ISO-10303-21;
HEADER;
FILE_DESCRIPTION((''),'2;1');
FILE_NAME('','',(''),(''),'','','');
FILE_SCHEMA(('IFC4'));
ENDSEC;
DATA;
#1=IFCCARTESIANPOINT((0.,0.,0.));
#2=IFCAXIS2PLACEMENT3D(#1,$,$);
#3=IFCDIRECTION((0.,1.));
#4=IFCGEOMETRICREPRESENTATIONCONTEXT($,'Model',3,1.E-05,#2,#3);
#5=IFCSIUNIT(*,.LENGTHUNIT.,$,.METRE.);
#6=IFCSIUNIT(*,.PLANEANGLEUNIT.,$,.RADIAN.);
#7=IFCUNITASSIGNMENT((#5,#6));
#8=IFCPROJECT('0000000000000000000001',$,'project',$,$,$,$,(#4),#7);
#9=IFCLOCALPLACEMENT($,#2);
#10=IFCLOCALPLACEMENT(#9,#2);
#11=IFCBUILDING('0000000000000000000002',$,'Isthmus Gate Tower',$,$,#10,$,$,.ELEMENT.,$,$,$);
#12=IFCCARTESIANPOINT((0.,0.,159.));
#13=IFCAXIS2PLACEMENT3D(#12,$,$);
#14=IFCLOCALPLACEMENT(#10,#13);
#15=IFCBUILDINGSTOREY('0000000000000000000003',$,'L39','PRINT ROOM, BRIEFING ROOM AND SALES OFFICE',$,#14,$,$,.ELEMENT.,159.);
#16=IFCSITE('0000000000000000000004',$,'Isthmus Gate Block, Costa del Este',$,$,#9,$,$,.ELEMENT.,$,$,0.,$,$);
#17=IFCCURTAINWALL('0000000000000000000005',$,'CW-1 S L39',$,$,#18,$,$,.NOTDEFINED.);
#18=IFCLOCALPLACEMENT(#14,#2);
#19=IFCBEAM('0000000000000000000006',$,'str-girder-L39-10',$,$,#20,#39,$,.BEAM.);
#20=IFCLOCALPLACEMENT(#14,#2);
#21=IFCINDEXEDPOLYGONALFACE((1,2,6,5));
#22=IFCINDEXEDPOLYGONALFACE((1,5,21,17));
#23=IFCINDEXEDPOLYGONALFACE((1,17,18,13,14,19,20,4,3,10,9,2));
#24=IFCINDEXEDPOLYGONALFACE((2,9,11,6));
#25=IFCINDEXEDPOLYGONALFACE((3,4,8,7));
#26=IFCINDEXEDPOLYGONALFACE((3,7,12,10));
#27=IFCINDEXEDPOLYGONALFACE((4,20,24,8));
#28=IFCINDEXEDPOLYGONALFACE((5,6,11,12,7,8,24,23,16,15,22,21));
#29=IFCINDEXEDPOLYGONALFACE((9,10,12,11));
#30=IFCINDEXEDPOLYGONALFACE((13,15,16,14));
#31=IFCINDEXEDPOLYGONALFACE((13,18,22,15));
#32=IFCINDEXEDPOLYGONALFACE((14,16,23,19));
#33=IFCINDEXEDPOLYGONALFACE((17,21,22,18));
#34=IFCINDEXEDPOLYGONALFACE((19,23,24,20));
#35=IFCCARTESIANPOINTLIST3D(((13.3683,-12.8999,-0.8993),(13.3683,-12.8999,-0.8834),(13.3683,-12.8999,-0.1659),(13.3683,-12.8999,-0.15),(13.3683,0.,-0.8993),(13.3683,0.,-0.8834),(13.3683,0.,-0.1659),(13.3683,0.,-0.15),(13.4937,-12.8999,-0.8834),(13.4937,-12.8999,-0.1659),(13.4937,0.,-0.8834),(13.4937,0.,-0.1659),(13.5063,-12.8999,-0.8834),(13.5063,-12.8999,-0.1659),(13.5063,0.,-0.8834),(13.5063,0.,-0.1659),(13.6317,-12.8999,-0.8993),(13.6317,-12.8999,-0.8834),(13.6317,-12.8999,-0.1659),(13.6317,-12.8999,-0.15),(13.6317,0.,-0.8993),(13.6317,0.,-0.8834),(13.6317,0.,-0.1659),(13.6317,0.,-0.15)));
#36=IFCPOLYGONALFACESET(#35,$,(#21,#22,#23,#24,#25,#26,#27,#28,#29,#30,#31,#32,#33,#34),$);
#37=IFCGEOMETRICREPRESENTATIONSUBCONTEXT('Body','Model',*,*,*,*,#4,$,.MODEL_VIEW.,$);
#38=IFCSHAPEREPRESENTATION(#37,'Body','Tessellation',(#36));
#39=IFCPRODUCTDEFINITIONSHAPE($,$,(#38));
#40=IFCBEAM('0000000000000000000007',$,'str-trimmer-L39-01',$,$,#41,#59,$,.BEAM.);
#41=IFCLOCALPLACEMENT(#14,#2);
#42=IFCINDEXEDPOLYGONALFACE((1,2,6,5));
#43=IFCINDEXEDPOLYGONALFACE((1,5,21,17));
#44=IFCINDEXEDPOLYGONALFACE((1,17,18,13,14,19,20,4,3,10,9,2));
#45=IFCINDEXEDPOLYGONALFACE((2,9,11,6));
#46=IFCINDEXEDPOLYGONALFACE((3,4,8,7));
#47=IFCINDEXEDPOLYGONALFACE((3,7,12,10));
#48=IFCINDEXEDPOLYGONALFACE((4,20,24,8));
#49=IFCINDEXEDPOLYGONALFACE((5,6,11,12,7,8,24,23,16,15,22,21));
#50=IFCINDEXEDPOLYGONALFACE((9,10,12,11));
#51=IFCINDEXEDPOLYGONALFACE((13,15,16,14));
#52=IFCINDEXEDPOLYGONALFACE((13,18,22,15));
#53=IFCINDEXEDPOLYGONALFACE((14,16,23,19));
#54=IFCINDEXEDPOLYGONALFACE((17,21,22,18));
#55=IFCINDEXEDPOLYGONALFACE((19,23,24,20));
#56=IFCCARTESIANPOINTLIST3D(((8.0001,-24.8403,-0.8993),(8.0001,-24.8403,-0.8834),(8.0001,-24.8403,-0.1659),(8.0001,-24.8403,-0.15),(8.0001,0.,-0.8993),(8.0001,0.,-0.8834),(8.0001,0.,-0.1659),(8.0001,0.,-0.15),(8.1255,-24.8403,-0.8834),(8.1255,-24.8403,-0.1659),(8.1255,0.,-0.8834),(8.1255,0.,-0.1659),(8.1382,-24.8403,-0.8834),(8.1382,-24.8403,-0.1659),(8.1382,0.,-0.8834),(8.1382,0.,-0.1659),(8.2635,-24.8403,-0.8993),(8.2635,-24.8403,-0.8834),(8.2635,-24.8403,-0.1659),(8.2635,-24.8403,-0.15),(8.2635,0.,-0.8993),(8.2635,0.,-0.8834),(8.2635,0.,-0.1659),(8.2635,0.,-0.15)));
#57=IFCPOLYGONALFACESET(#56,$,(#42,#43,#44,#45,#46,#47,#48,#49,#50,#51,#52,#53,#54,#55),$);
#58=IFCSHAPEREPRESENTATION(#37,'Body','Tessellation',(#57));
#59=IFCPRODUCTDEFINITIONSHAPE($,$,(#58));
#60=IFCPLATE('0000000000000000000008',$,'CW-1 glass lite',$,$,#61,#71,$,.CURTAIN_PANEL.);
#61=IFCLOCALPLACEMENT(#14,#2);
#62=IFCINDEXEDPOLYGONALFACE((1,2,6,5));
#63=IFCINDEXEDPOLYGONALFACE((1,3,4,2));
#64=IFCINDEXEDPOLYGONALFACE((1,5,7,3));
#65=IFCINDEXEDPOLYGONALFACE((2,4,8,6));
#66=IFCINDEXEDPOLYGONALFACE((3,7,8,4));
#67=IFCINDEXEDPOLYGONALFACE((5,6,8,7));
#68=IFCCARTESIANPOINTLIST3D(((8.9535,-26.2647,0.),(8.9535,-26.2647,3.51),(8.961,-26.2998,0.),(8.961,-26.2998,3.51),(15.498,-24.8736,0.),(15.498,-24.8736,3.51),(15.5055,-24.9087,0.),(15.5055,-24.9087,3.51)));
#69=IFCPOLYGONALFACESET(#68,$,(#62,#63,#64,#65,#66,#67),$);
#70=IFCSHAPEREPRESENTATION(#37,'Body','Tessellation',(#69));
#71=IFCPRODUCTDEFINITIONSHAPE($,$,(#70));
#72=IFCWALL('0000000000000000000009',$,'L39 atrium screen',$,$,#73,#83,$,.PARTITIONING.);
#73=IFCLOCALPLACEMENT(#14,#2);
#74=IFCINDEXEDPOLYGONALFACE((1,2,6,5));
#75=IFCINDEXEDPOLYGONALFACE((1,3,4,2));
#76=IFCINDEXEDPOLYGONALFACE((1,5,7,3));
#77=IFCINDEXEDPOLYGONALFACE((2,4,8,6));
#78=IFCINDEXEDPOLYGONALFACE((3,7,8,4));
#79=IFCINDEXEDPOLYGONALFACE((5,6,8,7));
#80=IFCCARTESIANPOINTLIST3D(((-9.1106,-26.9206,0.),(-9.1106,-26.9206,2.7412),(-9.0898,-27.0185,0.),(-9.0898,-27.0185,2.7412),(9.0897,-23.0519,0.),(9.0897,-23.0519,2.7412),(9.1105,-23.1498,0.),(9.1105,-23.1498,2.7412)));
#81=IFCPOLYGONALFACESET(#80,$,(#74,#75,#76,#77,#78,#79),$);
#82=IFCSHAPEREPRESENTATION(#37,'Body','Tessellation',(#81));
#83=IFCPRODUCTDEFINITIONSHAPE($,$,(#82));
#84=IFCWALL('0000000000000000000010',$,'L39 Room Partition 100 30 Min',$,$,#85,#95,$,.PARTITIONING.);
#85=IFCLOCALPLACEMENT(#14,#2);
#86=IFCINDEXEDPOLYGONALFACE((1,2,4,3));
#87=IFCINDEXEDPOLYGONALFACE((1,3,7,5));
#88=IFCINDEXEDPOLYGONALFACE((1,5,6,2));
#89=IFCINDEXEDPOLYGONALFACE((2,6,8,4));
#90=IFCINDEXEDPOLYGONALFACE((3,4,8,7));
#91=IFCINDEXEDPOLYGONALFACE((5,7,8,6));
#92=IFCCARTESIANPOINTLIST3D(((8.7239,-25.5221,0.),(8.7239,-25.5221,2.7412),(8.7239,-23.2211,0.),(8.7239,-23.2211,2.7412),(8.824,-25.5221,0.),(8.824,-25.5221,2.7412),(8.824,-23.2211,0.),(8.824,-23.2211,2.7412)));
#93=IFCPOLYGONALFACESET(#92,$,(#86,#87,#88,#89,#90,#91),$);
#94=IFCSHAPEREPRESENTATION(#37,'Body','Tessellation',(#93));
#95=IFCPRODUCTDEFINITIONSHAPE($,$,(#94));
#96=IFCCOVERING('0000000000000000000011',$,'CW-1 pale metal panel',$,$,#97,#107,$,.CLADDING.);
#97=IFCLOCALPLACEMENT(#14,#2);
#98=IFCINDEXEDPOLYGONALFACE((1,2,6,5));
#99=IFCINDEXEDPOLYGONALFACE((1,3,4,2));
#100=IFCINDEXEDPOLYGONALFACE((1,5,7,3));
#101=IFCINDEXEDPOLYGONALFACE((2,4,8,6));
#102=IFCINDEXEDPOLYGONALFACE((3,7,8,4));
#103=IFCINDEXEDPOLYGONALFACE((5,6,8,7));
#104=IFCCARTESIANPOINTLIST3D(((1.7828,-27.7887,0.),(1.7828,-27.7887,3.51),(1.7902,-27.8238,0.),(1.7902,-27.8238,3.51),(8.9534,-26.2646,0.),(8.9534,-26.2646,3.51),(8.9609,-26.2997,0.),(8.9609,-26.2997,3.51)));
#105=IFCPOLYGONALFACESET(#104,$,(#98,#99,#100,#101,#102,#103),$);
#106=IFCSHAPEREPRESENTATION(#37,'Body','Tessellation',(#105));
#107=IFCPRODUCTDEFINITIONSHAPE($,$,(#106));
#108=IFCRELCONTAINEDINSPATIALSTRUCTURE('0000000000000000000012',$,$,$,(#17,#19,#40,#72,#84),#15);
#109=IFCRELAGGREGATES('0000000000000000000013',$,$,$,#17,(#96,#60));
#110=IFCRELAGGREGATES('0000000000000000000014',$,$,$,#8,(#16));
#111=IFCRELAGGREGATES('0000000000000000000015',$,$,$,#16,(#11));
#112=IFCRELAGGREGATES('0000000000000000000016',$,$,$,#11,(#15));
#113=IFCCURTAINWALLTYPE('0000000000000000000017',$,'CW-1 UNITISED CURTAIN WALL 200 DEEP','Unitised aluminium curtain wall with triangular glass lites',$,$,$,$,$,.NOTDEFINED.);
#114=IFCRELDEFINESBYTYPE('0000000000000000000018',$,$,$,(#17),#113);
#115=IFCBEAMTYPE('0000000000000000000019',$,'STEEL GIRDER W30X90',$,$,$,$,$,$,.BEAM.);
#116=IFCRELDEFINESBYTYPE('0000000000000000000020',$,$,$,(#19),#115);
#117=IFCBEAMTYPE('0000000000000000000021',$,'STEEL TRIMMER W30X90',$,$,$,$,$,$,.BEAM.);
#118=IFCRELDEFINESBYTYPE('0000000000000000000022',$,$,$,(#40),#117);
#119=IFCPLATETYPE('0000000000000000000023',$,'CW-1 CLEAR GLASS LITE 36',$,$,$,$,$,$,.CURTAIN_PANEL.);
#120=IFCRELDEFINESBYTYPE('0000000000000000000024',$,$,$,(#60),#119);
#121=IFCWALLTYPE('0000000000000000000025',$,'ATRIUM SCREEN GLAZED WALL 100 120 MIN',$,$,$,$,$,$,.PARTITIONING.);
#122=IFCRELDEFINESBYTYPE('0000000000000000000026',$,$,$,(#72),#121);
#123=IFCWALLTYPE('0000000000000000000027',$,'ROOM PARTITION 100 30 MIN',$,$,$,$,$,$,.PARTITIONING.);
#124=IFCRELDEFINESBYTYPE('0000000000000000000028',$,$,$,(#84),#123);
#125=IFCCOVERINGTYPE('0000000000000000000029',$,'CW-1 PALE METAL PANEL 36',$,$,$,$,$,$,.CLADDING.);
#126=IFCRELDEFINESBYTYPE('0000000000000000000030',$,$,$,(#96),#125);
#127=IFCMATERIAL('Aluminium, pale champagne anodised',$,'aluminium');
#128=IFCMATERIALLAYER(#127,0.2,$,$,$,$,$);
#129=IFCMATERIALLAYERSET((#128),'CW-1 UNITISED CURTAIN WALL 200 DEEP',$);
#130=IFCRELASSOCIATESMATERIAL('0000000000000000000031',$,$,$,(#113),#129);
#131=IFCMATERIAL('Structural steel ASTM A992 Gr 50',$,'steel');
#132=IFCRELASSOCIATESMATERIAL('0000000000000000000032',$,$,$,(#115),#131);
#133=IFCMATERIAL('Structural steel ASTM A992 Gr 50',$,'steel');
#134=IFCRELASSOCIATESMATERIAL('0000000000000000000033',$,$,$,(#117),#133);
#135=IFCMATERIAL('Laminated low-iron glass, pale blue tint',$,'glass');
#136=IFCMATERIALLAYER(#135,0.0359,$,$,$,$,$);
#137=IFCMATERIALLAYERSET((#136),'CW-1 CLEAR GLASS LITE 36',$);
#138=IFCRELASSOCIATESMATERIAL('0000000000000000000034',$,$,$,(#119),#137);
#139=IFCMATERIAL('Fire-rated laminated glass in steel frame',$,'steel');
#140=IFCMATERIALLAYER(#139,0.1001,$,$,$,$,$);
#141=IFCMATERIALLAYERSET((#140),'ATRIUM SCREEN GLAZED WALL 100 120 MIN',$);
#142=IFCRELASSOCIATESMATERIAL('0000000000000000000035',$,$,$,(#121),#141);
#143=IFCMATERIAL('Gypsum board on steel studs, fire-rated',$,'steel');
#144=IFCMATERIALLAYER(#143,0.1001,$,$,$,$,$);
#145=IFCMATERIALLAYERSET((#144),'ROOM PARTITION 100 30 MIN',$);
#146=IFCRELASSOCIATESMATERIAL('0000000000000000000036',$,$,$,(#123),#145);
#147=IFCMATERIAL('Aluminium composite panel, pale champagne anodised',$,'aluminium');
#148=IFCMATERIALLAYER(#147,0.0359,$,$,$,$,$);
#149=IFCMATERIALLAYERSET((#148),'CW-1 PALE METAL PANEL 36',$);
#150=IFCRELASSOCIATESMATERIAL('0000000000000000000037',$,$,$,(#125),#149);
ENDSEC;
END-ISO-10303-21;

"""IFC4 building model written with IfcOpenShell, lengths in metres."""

from ifc_helpers import new_model, si_unit, direction, frame, frame_2d, origin, origin_2d, place, context, subcontext, project, spatial, rectangle, i_section, extrude, material, layer, layer_set, material_profile, profile_set, type_object, element, aggregate, save


model = new_model("IFC4")

# Units and contexts
model_context = context("Model", 3, precision=1e-05, world=origin(), true_north=direction((0.0, 1.0)))
body_context = subcontext(model_context, "Body", "Model", "MODEL_VIEW")
ifc_project = project(units=[si_unit("LENGTHUNIT", "METRE"), si_unit("PLANEANGLEUNIT", "RADIAN")], contexts=[model_context])

# Site, building, storey
site_placement = place(None, origin())
site = spatial("IfcSite", under=ifc_project, at=site_placement, Name="Isthmus Gate Block, Costa del Este", CompositionType="ELEMENT", RefElevation=0.0)
building_placement = place(site_placement, origin())
building = spatial("IfcBuilding", under=site, at=building_placement, Name="Isthmus Gate Tower", CompositionType="ELEMENT")
storey_placement = place(building_placement, frame((0.0, 0.0, 159.0)))
storey = spatial("IfcBuildingStorey", under=building, at=storey_placement, Name="L39", Description="PRINT ROOM, BRIEFING ROOM AND SALES OFFICE", CompositionType="ELEMENT", Elevation=159.0)

# Curtain wall
ifc_material_1 = material(Name="Aluminium, pale champagne anodised", Category="aluminium")
ifc_layer_1 = layer(ifc_material_1, 0.2)
ifc_layer_set_1 = layer_set([ifc_layer_1], Name="CW-1 UNITISED CURTAIN WALL 200 DEEP")
curtain_wall_type = type_object("IfcCurtainWallType", Name="CW-1 UNITISED CURTAIN WALL 200 DEEP", Description="Unitised aluminium curtain wall with triangular glass lites", PredefinedType="NOTDEFINED", material=ifc_layer_set_1)
curtain_wall_1_placement = place(storey_placement, origin())
curtain_wall_1 = element("IfcCurtainWall", 1, at=curtain_wall_1_placement, inside=storey, type_object=curtain_wall_type, Name="CW-1 S L39", PredefinedType="NOTDEFINED")

# Beams
ifc_material_2 = material(Name="Structural steel ASTM A992 Gr 50", Category="steel")
ifc_material_profile_1 = material_profile(ifc_material_2, i_section(OverallWidth=0.2634, OverallDepth=0.7493, WebThickness=0.0127, FlangeThickness=0.0159, at=origin_2d()), Name="W30X90")
ifc_profile_set_1 = profile_set([ifc_material_profile_1], Name="Structural steel ASTM A992 Gr 50")
beam_type_1 = type_object("IfcBeamType", Name="STEEL GIRDER W30X90", PredefinedType="BEAM", material=ifc_profile_set_1)
beam_1_placement = place(storey_placement, frame((13.5, -12.8999, -0.5247), z_axis=(0.0, 1.0, 0.0), x_axis=(-1.0, 0.0, 0.0)))
element("IfcBeam", 2, at=beam_1_placement, inside=storey, type_object=beam_type_1, Name="str-girder-L39-10", PredefinedType="BEAM", context=body_context, shape_type="SweptSolid", body=[
    extrude(i_section(OverallWidth=0.2634, OverallDepth=0.7493, WebThickness=0.0127, FlangeThickness=0.0159, at=origin_2d()), origin(), (0.0, 0.0, 1.0), 12.8999),
])
ifc_material_3 = material(Name="Structural steel ASTM A992 Gr 50", Category="steel")
ifc_material_profile_2 = material_profile(ifc_material_3, i_section(OverallWidth=0.2634, OverallDepth=0.7493, WebThickness=0.0127, FlangeThickness=0.0159, at=origin_2d()), Name="W30X90")
ifc_profile_set_2 = profile_set([ifc_material_profile_2], Name="Structural steel ASTM A992 Gr 50")
beam_type_2 = type_object("IfcBeamType", Name="STEEL TRIMMER W30X90", PredefinedType="BEAM", material=ifc_profile_set_2)
beam_2_placement = place(storey_placement, frame((8.1318, -24.8403, -0.5247), z_axis=(0.0, 1.0, 0.0), x_axis=(-1.0, 0.0, 0.0)))
element("IfcBeam", 3, at=beam_2_placement, inside=storey, type_object=beam_type_2, Name="str-trimmer-L39-01", PredefinedType="BEAM", context=body_context, shape_type="SweptSolid", body=[
    extrude(i_section(OverallWidth=0.2634, OverallDepth=0.7493, WebThickness=0.0127, FlangeThickness=0.0159, at=origin_2d()), origin(), (0.0, 0.0, 1.0), 24.8403),
])

# Plate
ifc_material_4 = material(Name="Laminated low-iron glass, pale blue tint", Category="glass")
ifc_layer_2 = layer(ifc_material_4, 0.0359)
ifc_layer_set_2 = layer_set([ifc_layer_2], Name="CW-1 CLEAR GLASS LITE 36")
plate_type = type_object("IfcPlateType", Name="CW-1 CLEAR GLASS LITE 36", PredefinedType="CURTAIN_PANEL", material=ifc_layer_set_2)
plate_placement = place(storey_placement, frame((12.2295, -25.5867, 0.0), z_axis=(0.0, 0.0, 1.0), x_axis=(0.978148, 0.207912, 0.0)))
plate = element("IfcPlate", 4, at=plate_placement, type_object=plate_type, Name="CW-1 glass lite", PredefinedType="CURTAIN_PANEL", context=body_context, shape_type="SweptSolid", body=[
    extrude(rectangle(XDim=6.6907, YDim=0.0359, at=origin_2d()), origin(), (0.0, 0.0, 1.0), 3.51),
])

# Walls
ifc_material_5 = material(Name="Fire-rated laminated glass in steel frame", Category="steel")
ifc_layer_3 = layer(ifc_material_5, 0.1001)
ifc_layer_set_3 = layer_set([ifc_layer_3], Name="ATRIUM SCREEN GLAZED WALL 100 120 MIN")
wall_type_1 = type_object("IfcWallType", Name="ATRIUM SCREEN GLAZED WALL 100 120 MIN", PredefinedType="PARTITIONING", material=ifc_layer_set_3)
wall_1_placement = place(storey_placement, frame((9.1001, -23.1008, 0.0), z_axis=(0.0, 0.0, 1.0), x_axis=(-0.978147, -0.207916, 0.0)))
element("IfcWall", 5, at=wall_1_placement, inside=storey, type_object=wall_type_1, Name="L39 atrium screen", PredefinedType="PARTITIONING", context=body_context, shape_type="SweptSolid", body=[
    extrude(rectangle(XDim=18.6069, YDim=0.1001, at=frame_2d((9.3035, 0.0))), origin(), (0.0, 0.0, 1.0), 2.7412),
])
ifc_material_6 = material(Name="Gypsum board on steel studs, fire-rated", Category="steel")
ifc_layer_4 = layer(ifc_material_6, 0.1001)
ifc_layer_set_4 = layer_set([ifc_layer_4], Name="ROOM PARTITION 100 30 MIN")
wall_type_2 = type_object("IfcWallType", Name="ROOM PARTITION 100 30 MIN", PredefinedType="PARTITIONING", material=ifc_layer_set_4)
wall_2_placement = place(storey_placement, frame((8.7739, -25.522, 0.0), z_axis=(0.0, 0.0, 1.0), x_axis=(0.0, 1.0, 0.0)))
element("IfcWall", 6, at=wall_2_placement, inside=storey, type_object=wall_type_2, Name="L39 Room Partition 100 30 Min", PredefinedType="PARTITIONING", context=body_context, shape_type="SweptSolid", body=[
    extrude(rectangle(XDim=2.301, YDim=0.1001, at=frame_2d((1.1504, 0.0))), origin(), (0.0, 0.0, 1.0), 2.7412),
])

# Covering
ifc_material_7 = material(Name="Aluminium composite panel, pale champagne anodised", Category="aluminium")
ifc_layer_5 = layer(ifc_material_7, 0.0359)
ifc_layer_set_5 = layer_set([ifc_layer_5], Name="CW-1 PALE METAL PANEL 36")
covering_type = type_object("IfcCoveringType", Name="CW-1 PALE METAL PANEL 36", PredefinedType="CLADDING", material=ifc_layer_set_5)
covering_placement = place(storey_placement, frame((5.3718, -27.0442, 0.0), z_axis=(0.0, 0.0, 1.0), x_axis=(0.978148, 0.207912, 0.0)))
covering = element("IfcCovering", 7, at=covering_placement, type_object=covering_type, Name="CW-1 pale metal panel", PredefinedType="CLADDING", context=body_context, shape_type="SweptSolid", body=[
    extrude(rectangle(XDim=7.3308, YDim=0.0359, at=origin_2d()), origin(), (0.0, 0.0, 1.0), 3.51),
])
aggregate(curtain_wall_1, [covering, plate])

save(model, "model.ifc")
